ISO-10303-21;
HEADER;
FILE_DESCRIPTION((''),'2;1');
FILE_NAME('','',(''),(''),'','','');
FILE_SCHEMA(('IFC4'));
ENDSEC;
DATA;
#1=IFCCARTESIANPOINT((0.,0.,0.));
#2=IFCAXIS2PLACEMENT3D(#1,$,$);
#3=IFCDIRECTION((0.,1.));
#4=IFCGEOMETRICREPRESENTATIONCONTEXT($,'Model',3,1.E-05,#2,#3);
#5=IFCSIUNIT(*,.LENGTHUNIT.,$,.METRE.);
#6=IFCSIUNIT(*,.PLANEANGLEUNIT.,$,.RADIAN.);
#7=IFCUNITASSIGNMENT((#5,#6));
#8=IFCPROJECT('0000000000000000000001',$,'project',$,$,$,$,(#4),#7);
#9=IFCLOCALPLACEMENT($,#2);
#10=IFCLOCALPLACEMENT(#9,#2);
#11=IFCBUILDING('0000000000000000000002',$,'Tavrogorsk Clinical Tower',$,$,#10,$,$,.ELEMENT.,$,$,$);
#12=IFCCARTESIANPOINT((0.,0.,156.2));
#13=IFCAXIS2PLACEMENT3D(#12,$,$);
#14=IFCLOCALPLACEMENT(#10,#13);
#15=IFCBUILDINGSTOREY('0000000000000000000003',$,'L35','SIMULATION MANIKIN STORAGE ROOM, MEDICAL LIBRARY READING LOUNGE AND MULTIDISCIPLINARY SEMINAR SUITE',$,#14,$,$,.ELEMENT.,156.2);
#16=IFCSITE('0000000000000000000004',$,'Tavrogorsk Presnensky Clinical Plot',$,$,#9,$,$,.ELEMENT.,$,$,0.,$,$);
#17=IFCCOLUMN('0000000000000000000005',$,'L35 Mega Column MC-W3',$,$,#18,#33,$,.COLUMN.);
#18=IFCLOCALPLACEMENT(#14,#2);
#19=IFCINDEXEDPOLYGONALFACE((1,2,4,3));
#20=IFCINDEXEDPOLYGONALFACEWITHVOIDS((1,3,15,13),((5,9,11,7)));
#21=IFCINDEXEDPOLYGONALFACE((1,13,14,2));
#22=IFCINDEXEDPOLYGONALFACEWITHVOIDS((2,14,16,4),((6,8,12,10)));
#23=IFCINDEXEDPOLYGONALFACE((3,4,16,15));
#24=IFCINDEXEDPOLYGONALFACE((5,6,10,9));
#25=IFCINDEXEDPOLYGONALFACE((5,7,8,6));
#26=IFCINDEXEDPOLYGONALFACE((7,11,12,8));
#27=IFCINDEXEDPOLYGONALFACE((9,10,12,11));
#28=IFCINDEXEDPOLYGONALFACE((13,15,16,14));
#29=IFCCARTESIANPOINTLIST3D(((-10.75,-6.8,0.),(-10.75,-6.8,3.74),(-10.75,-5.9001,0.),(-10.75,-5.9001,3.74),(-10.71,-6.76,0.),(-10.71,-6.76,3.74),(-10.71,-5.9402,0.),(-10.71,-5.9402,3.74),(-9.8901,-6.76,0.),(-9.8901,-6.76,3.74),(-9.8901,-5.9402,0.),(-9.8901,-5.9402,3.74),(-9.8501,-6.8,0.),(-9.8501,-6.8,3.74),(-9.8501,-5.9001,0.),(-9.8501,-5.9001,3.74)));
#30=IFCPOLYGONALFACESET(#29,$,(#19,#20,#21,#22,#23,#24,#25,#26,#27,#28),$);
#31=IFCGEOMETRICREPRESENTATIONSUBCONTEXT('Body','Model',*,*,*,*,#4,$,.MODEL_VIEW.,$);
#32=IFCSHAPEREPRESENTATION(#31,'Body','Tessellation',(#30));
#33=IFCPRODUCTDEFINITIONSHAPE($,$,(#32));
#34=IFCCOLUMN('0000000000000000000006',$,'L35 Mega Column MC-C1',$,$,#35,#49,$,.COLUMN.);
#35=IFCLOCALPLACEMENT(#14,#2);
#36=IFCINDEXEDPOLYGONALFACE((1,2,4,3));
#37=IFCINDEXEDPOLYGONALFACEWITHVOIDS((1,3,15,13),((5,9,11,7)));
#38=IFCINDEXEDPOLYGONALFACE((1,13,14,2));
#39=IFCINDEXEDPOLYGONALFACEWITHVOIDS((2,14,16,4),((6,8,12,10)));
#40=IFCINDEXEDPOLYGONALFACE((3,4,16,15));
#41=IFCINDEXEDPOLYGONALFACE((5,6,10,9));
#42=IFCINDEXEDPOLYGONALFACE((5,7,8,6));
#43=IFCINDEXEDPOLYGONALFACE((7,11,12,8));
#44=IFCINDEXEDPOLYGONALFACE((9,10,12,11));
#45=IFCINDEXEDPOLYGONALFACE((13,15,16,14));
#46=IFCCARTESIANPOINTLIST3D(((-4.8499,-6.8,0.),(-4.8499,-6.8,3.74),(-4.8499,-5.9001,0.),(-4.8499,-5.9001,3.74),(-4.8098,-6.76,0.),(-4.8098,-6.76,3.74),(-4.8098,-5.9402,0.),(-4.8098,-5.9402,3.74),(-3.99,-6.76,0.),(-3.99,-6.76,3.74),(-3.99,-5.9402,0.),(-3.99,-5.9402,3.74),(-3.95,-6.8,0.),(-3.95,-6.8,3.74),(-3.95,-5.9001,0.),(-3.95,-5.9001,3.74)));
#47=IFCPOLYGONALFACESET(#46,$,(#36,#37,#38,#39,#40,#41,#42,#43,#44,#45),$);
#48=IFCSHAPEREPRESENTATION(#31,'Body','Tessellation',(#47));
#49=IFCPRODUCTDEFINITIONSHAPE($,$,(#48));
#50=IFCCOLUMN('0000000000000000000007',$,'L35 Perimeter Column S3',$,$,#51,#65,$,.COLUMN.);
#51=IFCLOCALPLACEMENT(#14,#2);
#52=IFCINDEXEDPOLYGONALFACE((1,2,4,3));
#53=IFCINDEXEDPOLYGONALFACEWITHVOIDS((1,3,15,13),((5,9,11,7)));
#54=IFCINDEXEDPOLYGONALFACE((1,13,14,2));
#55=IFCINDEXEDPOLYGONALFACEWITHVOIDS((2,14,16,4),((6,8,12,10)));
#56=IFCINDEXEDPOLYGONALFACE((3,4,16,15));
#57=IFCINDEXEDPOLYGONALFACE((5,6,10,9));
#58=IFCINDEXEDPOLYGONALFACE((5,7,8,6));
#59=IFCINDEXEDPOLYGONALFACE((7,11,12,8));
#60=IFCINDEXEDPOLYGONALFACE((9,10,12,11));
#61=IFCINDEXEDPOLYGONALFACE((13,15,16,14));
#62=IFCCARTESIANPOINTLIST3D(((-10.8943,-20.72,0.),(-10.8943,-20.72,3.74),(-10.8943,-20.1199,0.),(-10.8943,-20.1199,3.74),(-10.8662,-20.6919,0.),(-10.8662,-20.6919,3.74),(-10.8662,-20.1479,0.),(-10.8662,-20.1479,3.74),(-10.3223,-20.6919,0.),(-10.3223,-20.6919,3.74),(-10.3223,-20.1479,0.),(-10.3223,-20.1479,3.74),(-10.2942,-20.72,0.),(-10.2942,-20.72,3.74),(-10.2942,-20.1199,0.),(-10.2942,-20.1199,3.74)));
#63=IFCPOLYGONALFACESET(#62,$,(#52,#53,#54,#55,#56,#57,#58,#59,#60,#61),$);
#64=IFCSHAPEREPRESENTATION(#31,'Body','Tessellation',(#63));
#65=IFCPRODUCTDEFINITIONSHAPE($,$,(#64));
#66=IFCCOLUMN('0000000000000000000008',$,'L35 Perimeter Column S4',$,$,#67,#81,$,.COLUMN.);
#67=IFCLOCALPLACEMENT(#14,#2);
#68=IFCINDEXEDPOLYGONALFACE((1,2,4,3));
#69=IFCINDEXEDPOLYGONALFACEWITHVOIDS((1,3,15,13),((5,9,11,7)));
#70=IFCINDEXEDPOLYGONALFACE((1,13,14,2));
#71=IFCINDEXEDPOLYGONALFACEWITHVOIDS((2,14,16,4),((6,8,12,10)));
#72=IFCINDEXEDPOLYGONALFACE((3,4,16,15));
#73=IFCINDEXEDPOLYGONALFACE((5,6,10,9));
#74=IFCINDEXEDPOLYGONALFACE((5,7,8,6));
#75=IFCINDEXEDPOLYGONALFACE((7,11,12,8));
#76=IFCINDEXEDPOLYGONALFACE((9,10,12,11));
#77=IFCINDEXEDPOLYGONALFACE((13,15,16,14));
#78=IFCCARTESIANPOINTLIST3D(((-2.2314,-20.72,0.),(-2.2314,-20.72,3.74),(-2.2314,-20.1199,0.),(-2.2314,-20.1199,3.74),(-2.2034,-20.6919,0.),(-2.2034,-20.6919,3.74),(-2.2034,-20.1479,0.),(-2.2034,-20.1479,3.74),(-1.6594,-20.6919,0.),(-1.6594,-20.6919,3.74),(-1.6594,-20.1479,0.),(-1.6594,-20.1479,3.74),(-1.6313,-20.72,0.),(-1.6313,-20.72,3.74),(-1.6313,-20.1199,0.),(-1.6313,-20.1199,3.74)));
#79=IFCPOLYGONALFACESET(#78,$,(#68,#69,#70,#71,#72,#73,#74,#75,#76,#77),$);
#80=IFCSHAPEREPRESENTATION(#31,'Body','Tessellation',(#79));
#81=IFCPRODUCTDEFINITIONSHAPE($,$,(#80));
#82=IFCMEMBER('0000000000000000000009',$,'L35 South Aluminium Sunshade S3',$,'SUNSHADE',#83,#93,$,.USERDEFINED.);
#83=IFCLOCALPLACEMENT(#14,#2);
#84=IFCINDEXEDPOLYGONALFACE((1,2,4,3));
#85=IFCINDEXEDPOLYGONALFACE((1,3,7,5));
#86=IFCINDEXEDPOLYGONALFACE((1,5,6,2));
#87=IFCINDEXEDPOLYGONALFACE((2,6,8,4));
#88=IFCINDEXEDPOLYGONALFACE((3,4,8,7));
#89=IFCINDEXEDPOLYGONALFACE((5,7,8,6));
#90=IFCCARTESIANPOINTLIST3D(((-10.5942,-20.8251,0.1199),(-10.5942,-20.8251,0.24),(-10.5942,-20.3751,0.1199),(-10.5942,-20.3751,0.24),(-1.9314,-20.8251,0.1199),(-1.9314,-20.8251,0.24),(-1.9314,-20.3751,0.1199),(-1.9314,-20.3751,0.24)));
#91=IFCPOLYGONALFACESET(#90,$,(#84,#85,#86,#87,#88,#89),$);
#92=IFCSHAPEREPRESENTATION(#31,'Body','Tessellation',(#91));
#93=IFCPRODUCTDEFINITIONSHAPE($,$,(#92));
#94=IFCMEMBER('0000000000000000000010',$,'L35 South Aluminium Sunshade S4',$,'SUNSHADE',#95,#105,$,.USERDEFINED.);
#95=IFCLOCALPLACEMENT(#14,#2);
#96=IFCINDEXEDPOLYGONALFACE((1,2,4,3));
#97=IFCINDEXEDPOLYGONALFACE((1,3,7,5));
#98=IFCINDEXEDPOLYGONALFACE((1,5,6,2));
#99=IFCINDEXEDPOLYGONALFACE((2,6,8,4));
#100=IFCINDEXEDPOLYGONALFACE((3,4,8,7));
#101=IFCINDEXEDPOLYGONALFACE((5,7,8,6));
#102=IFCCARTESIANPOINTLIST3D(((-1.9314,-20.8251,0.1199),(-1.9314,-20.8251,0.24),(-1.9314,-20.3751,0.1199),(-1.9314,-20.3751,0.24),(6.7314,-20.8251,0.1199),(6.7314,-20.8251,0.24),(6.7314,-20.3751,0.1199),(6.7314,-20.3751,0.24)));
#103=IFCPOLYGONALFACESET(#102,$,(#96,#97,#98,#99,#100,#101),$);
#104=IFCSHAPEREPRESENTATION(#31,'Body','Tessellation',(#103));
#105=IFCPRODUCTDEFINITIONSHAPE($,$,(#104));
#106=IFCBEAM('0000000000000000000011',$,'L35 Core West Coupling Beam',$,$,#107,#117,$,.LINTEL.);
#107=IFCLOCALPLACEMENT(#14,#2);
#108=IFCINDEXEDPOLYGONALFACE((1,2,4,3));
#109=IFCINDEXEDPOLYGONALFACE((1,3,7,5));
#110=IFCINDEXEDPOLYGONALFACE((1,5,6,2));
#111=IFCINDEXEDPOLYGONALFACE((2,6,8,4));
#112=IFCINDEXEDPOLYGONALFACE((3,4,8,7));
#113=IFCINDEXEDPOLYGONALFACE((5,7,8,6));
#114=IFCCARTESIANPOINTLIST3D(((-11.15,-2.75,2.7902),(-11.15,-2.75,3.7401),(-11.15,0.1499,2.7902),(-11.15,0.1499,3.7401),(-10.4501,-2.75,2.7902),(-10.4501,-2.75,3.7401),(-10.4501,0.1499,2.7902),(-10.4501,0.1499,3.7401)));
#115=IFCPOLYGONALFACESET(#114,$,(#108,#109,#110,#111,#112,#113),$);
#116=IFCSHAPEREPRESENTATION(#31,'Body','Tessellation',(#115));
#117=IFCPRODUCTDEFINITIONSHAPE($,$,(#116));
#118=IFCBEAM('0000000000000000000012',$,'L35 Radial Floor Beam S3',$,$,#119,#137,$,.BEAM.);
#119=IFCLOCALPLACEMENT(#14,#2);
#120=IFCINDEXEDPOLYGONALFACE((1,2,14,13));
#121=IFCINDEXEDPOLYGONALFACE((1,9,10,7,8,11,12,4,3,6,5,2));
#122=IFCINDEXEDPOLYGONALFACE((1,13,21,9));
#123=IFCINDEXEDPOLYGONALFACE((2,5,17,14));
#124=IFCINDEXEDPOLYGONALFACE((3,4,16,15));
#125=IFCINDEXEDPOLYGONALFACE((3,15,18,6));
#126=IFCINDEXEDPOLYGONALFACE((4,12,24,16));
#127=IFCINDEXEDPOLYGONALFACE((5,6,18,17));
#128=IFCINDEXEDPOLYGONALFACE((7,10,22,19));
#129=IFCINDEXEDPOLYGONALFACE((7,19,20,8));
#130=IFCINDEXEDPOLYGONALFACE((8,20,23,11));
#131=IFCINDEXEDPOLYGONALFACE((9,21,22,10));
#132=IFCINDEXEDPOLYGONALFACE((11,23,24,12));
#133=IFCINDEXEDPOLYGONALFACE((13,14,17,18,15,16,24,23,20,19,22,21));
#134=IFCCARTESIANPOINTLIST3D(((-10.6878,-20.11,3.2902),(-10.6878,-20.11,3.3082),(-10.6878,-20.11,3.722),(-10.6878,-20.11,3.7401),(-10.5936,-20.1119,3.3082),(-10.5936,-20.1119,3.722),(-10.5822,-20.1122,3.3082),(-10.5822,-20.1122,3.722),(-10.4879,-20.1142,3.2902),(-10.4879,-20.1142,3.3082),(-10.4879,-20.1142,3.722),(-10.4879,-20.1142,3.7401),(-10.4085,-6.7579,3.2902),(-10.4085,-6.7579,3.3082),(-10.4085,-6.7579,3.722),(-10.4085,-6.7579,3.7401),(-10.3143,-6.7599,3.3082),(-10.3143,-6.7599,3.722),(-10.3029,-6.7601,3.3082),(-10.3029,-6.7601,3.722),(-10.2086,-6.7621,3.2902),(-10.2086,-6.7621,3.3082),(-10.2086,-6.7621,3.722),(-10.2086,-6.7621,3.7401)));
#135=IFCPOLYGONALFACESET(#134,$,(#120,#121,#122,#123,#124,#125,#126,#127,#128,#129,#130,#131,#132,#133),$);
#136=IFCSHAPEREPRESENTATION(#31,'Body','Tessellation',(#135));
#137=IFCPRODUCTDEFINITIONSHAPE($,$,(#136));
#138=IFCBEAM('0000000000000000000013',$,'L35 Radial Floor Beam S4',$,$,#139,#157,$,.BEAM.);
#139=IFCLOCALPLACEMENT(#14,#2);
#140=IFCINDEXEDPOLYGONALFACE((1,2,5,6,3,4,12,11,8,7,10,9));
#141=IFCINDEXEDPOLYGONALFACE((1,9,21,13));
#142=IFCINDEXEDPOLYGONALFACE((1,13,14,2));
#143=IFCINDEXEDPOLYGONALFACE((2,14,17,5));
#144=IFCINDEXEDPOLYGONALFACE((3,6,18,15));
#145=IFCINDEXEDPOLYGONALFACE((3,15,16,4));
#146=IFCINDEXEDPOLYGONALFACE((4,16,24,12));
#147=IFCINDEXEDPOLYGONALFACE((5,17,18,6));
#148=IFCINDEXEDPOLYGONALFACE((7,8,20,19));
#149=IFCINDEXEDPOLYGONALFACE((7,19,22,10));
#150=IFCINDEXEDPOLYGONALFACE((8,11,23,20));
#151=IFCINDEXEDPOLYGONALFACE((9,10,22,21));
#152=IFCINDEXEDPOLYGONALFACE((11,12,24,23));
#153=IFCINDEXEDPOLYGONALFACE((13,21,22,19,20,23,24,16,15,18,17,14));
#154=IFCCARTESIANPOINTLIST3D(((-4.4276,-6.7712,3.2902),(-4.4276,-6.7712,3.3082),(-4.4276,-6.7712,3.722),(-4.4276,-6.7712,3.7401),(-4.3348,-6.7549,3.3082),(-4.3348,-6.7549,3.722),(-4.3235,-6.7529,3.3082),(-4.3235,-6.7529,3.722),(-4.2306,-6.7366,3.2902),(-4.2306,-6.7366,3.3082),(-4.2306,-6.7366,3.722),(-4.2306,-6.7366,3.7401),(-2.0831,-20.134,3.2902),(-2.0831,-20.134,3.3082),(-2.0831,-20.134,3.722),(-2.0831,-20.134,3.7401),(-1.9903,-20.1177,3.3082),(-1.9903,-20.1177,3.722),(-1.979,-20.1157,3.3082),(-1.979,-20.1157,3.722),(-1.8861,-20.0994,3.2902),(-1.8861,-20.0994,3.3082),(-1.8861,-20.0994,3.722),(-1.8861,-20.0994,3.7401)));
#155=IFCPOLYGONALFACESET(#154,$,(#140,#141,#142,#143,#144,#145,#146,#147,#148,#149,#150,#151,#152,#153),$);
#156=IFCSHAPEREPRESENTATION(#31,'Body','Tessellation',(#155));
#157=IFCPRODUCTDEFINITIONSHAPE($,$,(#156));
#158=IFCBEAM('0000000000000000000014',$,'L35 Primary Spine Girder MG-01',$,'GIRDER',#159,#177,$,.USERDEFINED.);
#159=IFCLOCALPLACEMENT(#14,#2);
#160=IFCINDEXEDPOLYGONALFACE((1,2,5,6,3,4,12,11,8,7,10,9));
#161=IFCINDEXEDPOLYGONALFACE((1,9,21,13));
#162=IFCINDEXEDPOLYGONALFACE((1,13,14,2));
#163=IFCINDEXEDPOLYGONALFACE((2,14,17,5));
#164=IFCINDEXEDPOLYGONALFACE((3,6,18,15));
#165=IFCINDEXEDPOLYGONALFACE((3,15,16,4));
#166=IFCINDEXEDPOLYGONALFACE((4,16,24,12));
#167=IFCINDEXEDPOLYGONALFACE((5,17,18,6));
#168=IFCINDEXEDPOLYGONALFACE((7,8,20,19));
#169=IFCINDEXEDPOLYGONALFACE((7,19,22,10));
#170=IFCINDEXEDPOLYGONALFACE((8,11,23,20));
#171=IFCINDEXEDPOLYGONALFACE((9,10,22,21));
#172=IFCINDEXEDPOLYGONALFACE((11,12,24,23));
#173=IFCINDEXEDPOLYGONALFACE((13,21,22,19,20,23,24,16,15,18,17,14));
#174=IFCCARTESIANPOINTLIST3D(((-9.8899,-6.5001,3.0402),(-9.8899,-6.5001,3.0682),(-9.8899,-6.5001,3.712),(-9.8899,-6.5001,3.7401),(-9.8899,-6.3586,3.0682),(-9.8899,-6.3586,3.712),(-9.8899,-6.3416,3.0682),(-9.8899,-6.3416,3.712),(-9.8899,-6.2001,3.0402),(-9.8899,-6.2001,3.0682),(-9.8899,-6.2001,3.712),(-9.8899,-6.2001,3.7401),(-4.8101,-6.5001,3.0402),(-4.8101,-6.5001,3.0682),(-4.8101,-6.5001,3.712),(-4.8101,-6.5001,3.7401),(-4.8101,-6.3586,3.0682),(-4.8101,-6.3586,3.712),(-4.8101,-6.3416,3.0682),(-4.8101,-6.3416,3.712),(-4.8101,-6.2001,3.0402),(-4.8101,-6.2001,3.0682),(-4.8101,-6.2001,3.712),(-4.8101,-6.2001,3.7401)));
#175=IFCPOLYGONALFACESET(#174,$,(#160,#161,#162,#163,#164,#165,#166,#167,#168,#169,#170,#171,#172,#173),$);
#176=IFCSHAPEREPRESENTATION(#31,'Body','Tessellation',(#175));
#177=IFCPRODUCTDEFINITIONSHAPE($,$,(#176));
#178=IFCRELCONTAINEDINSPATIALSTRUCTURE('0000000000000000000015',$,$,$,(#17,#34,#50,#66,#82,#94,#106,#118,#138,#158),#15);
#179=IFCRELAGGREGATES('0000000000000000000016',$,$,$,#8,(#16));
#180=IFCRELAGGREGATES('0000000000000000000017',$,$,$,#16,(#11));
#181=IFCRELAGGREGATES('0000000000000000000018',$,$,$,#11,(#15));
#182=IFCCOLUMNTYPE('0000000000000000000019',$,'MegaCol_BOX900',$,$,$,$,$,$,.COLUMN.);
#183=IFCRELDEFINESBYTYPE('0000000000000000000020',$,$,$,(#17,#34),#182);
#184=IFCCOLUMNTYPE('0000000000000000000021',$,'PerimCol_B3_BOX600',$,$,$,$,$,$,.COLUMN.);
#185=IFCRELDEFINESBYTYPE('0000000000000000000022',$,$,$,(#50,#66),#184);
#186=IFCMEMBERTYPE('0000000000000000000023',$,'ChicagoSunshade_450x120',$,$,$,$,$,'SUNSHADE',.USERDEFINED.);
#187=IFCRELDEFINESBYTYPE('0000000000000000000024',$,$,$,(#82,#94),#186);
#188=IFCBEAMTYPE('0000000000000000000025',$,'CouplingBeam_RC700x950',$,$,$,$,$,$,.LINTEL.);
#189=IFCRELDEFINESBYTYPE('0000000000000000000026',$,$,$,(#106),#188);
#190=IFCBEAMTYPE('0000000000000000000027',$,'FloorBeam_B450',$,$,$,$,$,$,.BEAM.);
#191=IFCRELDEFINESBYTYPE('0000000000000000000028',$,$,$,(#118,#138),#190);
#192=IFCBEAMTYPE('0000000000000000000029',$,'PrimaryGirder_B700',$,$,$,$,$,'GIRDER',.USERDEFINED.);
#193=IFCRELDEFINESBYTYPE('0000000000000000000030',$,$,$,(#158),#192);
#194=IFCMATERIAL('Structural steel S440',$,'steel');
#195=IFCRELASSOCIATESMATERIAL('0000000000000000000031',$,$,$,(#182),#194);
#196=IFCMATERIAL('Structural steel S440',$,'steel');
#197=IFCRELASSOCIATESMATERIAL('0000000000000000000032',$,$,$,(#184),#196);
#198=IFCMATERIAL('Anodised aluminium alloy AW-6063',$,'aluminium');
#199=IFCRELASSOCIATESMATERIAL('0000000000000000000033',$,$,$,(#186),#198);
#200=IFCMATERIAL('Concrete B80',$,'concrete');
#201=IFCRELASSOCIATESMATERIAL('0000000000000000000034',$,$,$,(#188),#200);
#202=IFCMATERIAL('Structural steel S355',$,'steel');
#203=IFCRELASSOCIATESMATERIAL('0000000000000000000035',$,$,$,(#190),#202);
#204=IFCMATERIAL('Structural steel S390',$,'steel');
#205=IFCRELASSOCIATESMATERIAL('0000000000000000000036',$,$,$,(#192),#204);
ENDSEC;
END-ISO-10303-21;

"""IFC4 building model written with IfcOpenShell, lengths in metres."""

from ifc_helpers import new_model, si_unit, direction, frame, origin, origin_2d, place, context, subcontext, project, spatial, rectangle, hollow_rectangle, i_section, extrude, material, material_profile, profile_set, type_object, element, save


model = new_model("IFC4")

# Units and contexts
model_context = context("Model", 3, precision=1e-05, world=origin(), true_north=direction((0.0, 1.0)))
body_context = subcontext(model_context, "Body", "Model", "MODEL_VIEW")
ifc_project = project(units=[si_unit("LENGTHUNIT", "METRE"), si_unit("PLANEANGLEUNIT", "RADIAN")], contexts=[model_context])

# Site, building, storey
site_placement = place(None, origin())
site = spatial("IfcSite", under=ifc_project, at=site_placement, Name="Tavrogorsk Presnensky Clinical Plot", CompositionType="ELEMENT", RefElevation=0.0)
building_placement = place(site_placement, origin())
building = spatial("IfcBuilding", under=site, at=building_placement, Name="Tavrogorsk Clinical Tower", CompositionType="ELEMENT")
storey_placement = place(building_placement, frame((0.0, 0.0, 156.2)))
storey = spatial("IfcBuildingStorey", under=building, at=storey_placement, Name="L35", Description="SIMULATION MANIKIN STORAGE ROOM, MEDICAL LIBRARY READING LOUNGE AND MULTIDISCIPLINARY SEMINAR SUITE", CompositionType="ELEMENT", Elevation=156.2)

# Columns
ifc_material_1 = material(Name="Structural steel S440", Category="steel")
ifc_material_profile_1 = material_profile(ifc_material_1, hollow_rectangle(XDim=0.8999, YDim=0.8999, WallThickness=0.04, at=origin_2d()), Name="BOX-900x900x40")
ifc_profile_set_1 = profile_set([ifc_material_profile_1], Name="Structural steel S440")
column_type_1 = type_object("IfcColumnType", Name="MegaCol_BOX900", PredefinedType="COLUMN", material=ifc_profile_set_1)
for number, where, z_axis, x_axis, name in (
    (1, (-10.3, -6.3501, 0.0), (0.0, 0.0, 1.0), (1.0, 0.0, 0.0), "L35 Mega Column MC-W3"),
    (2, (-4.3999, -6.3501, 0.0), (0.0, 0.0, 1.0), (1.0, 0.0, 0.0), "L35 Mega Column MC-C1"),
):
    element("IfcColumn", number, at=place(storey_placement, frame(where, z_axis=z_axis, x_axis=x_axis)), inside=storey, type_object=column_type_1, Name=name, PredefinedType="COLUMN", context=body_context, shape_type="SweptSolid", body=[
        extrude(hollow_rectangle(XDim=0.8999, YDim=0.8999, WallThickness=0.04, at=origin_2d()), origin(), (0.0, 0.0, 1.0), 3.74),
    ])
ifc_material_2 = material(Name="Structural steel S440", Category="steel")
ifc_material_profile_2 = material_profile(ifc_material_2, hollow_rectangle(XDim=0.6001, YDim=0.6001, WallThickness=0.0281, at=origin_2d()), Name="BOX-600x600x28")
ifc_profile_set_2 = profile_set([ifc_material_profile_2], Name="Structural steel S440")
column_type_2 = type_object("IfcColumnType", Name="PerimCol_B3_BOX600", PredefinedType="COLUMN", material=ifc_profile_set_2)
for number, where, z_axis, x_axis, name in (
    (3, (-10.5942, -20.4199, 0.0), (0.0, 0.0, 1.0), (1.0, 0.0, 0.0), "L35 Perimeter Column S3"),
    (4, (-1.9314, -20.4199, 0.0), (0.0, 0.0, 1.0), (1.0, 0.0, 0.0), "L35 Perimeter Column S4"),
):
    element("IfcColumn", number, at=place(storey_placement, frame(where, z_axis=z_axis, x_axis=x_axis)), inside=storey, type_object=column_type_2, Name=name, PredefinedType="COLUMN", context=body_context, shape_type="SweptSolid", body=[
        extrude(hollow_rectangle(XDim=0.6001, YDim=0.6001, WallThickness=0.0281, at=origin_2d()), origin(), (0.0, 0.0, 1.0), 3.74),
    ])

# Members
ifc_material_3 = material(Name="Anodised aluminium alloy AW-6063", Category="aluminium")
ifc_material_profile_3 = material_profile(ifc_material_3, rectangle(XDim=0.45, YDim=0.1201, at=origin_2d()), Name="ALU-SUNSHADE-450x120")
ifc_profile_set_3 = profile_set([ifc_material_profile_3], Name="Anodised aluminium alloy AW-6063")
member_type = type_object("IfcMemberType", Name="ChicagoSunshade_450x120", ElementType="SUNSHADE", PredefinedType="USERDEFINED", material=ifc_profile_set_3)
for number, where, z_axis, x_axis, name in (
    (5, (-10.5942, -20.6001, 0.1799), (1.0, 0.0, 0.0), (0.0, 1.0, 0.0), "L35 South Aluminium Sunshade S3"),
    (6, (-1.9314, -20.6001, 0.1799), (1.0, 0.0, 0.0), (0.0, 1.0, 0.0), "L35 South Aluminium Sunshade S4"),
):
    element("IfcMember", number, at=place(storey_placement, frame(where, z_axis=z_axis, x_axis=x_axis)), inside=storey, type_object=member_type, Name=name, ObjectType="SUNSHADE", PredefinedType="USERDEFINED", context=body_context, shape_type="SweptSolid", body=[
        extrude(rectangle(XDim=0.45, YDim=0.1201, at=origin_2d()), origin(), (0.0, 0.0, 1.0), 8.6628),
    ])

# Beams
ifc_material_4 = material(Name="Concrete B80", Category="concrete")
ifc_material_profile_4 = material_profile(ifc_material_4, rectangle(XDim=0.7, YDim=0.95, at=origin_2d()), Name="RC-CB-700x950")
ifc_profile_set_4 = profile_set([ifc_material_profile_4], Name="Concrete B80")
beam_type_1 = type_object("IfcBeamType", Name="CouplingBeam_RC700x950", PredefinedType="LINTEL", material=ifc_profile_set_4)
beam_1_placement = place(storey_placement, frame((-10.8, -2.75, 3.2651), z_axis=(0.0, 1.0, 0.0), x_axis=(-1.0, 0.0, 0.0)))
element("IfcBeam", 7, at=beam_1_placement, inside=storey, type_object=beam_type_1, Name="L35 Core West Coupling Beam", PredefinedType="LINTEL", context=body_context, shape_type="SweptSolid", body=[
    extrude(rectangle(XDim=0.7, YDim=0.95, at=origin_2d()), origin(), (0.0, 0.0, 1.0), 2.8999),
])
ifc_material_5 = material(Name="Structural steel S355", Category="steel")
ifc_material_profile_5 = material_profile(ifc_material_5, i_section(OverallWidth=0.2, OverallDepth=0.45, WebThickness=0.0115, FlangeThickness=0.0181, at=origin_2d()), Name="B-450x200x11.5x18")
ifc_profile_set_5 = profile_set([ifc_material_profile_5], Name="Structural steel S355")
beam_type_2 = type_object("IfcBeamType", Name="FloorBeam_B450", PredefinedType="BEAM", material=ifc_profile_set_5)
beam_2_placement = place(storey_placement, frame((-10.3086, -6.76, 3.5151), z_axis=(-0.020913, -0.999781, 0.0), x_axis=(0.999781, -0.020913, 0.0)))
element("IfcBeam", 8, at=beam_2_placement, inside=storey, type_object=beam_type_2, Name="L35 Radial Floor Beam S3", PredefinedType="BEAM", context=body_context, shape_type="SweptSolid", body=[
    extrude(i_section(OverallWidth=0.2, OverallDepth=0.45, WebThickness=0.0115, FlangeThickness=0.0181, at=origin_2d()), origin(), (0.0, 0.0, 1.0), 13.355),
])
beam_3_placement = place(storey_placement, frame((-4.3291, -6.7539, 3.5151), z_axis=(0.172809, -0.984955, 0.0), x_axis=(0.984955, 0.172809, 0.0)))
element("IfcBeam", 9, at=beam_3_placement, inside=storey, type_object=beam_type_2, Name="L35 Radial Floor Beam S4", PredefinedType="BEAM", context=body_context, shape_type="SweptSolid", body=[
    extrude(i_section(OverallWidth=0.2, OverallDepth=0.45, WebThickness=0.0115, FlangeThickness=0.0181, at=origin_2d()), origin(), (0.0, 0.0, 1.0), 13.5669),
])
ifc_material_6 = material(Name="Structural steel S390", Category="steel")
ifc_material_profile_6 = material_profile(ifc_material_6, i_section(OverallWidth=0.3, OverallDepth=0.7, WebThickness=0.0171, FlangeThickness=0.0281, at=origin_2d()), Name="B-700x300x17x28")
ifc_profile_set_6 = profile_set([ifc_material_profile_6], Name="Structural steel S390")
beam_type_3 = type_object("IfcBeamType", Name="PrimaryGirder_B700", ElementType="GIRDER", PredefinedType="USERDEFINED", material=ifc_profile_set_6)
beam_4_placement = place(storey_placement, frame((-9.8899, -6.3501, 3.3901), z_axis=(1.0, 0.0, 0.0), x_axis=(0.0, 1.0, 0.0)))
element("IfcBeam", 10, at=beam_4_placement, inside=storey, type_object=beam_type_3, Name="L35 Primary Spine Girder MG-01", ObjectType="GIRDER", PredefinedType="USERDEFINED", context=body_context, shape_type="SweptSolid", body=[
    extrude(i_section(OverallWidth=0.3, OverallDepth=0.7, WebThickness=0.0171, FlangeThickness=0.0281, at=origin_2d()), origin(), (0.0, 0.0, 1.0), 5.0798),
])

save(model, "model.ifc")
